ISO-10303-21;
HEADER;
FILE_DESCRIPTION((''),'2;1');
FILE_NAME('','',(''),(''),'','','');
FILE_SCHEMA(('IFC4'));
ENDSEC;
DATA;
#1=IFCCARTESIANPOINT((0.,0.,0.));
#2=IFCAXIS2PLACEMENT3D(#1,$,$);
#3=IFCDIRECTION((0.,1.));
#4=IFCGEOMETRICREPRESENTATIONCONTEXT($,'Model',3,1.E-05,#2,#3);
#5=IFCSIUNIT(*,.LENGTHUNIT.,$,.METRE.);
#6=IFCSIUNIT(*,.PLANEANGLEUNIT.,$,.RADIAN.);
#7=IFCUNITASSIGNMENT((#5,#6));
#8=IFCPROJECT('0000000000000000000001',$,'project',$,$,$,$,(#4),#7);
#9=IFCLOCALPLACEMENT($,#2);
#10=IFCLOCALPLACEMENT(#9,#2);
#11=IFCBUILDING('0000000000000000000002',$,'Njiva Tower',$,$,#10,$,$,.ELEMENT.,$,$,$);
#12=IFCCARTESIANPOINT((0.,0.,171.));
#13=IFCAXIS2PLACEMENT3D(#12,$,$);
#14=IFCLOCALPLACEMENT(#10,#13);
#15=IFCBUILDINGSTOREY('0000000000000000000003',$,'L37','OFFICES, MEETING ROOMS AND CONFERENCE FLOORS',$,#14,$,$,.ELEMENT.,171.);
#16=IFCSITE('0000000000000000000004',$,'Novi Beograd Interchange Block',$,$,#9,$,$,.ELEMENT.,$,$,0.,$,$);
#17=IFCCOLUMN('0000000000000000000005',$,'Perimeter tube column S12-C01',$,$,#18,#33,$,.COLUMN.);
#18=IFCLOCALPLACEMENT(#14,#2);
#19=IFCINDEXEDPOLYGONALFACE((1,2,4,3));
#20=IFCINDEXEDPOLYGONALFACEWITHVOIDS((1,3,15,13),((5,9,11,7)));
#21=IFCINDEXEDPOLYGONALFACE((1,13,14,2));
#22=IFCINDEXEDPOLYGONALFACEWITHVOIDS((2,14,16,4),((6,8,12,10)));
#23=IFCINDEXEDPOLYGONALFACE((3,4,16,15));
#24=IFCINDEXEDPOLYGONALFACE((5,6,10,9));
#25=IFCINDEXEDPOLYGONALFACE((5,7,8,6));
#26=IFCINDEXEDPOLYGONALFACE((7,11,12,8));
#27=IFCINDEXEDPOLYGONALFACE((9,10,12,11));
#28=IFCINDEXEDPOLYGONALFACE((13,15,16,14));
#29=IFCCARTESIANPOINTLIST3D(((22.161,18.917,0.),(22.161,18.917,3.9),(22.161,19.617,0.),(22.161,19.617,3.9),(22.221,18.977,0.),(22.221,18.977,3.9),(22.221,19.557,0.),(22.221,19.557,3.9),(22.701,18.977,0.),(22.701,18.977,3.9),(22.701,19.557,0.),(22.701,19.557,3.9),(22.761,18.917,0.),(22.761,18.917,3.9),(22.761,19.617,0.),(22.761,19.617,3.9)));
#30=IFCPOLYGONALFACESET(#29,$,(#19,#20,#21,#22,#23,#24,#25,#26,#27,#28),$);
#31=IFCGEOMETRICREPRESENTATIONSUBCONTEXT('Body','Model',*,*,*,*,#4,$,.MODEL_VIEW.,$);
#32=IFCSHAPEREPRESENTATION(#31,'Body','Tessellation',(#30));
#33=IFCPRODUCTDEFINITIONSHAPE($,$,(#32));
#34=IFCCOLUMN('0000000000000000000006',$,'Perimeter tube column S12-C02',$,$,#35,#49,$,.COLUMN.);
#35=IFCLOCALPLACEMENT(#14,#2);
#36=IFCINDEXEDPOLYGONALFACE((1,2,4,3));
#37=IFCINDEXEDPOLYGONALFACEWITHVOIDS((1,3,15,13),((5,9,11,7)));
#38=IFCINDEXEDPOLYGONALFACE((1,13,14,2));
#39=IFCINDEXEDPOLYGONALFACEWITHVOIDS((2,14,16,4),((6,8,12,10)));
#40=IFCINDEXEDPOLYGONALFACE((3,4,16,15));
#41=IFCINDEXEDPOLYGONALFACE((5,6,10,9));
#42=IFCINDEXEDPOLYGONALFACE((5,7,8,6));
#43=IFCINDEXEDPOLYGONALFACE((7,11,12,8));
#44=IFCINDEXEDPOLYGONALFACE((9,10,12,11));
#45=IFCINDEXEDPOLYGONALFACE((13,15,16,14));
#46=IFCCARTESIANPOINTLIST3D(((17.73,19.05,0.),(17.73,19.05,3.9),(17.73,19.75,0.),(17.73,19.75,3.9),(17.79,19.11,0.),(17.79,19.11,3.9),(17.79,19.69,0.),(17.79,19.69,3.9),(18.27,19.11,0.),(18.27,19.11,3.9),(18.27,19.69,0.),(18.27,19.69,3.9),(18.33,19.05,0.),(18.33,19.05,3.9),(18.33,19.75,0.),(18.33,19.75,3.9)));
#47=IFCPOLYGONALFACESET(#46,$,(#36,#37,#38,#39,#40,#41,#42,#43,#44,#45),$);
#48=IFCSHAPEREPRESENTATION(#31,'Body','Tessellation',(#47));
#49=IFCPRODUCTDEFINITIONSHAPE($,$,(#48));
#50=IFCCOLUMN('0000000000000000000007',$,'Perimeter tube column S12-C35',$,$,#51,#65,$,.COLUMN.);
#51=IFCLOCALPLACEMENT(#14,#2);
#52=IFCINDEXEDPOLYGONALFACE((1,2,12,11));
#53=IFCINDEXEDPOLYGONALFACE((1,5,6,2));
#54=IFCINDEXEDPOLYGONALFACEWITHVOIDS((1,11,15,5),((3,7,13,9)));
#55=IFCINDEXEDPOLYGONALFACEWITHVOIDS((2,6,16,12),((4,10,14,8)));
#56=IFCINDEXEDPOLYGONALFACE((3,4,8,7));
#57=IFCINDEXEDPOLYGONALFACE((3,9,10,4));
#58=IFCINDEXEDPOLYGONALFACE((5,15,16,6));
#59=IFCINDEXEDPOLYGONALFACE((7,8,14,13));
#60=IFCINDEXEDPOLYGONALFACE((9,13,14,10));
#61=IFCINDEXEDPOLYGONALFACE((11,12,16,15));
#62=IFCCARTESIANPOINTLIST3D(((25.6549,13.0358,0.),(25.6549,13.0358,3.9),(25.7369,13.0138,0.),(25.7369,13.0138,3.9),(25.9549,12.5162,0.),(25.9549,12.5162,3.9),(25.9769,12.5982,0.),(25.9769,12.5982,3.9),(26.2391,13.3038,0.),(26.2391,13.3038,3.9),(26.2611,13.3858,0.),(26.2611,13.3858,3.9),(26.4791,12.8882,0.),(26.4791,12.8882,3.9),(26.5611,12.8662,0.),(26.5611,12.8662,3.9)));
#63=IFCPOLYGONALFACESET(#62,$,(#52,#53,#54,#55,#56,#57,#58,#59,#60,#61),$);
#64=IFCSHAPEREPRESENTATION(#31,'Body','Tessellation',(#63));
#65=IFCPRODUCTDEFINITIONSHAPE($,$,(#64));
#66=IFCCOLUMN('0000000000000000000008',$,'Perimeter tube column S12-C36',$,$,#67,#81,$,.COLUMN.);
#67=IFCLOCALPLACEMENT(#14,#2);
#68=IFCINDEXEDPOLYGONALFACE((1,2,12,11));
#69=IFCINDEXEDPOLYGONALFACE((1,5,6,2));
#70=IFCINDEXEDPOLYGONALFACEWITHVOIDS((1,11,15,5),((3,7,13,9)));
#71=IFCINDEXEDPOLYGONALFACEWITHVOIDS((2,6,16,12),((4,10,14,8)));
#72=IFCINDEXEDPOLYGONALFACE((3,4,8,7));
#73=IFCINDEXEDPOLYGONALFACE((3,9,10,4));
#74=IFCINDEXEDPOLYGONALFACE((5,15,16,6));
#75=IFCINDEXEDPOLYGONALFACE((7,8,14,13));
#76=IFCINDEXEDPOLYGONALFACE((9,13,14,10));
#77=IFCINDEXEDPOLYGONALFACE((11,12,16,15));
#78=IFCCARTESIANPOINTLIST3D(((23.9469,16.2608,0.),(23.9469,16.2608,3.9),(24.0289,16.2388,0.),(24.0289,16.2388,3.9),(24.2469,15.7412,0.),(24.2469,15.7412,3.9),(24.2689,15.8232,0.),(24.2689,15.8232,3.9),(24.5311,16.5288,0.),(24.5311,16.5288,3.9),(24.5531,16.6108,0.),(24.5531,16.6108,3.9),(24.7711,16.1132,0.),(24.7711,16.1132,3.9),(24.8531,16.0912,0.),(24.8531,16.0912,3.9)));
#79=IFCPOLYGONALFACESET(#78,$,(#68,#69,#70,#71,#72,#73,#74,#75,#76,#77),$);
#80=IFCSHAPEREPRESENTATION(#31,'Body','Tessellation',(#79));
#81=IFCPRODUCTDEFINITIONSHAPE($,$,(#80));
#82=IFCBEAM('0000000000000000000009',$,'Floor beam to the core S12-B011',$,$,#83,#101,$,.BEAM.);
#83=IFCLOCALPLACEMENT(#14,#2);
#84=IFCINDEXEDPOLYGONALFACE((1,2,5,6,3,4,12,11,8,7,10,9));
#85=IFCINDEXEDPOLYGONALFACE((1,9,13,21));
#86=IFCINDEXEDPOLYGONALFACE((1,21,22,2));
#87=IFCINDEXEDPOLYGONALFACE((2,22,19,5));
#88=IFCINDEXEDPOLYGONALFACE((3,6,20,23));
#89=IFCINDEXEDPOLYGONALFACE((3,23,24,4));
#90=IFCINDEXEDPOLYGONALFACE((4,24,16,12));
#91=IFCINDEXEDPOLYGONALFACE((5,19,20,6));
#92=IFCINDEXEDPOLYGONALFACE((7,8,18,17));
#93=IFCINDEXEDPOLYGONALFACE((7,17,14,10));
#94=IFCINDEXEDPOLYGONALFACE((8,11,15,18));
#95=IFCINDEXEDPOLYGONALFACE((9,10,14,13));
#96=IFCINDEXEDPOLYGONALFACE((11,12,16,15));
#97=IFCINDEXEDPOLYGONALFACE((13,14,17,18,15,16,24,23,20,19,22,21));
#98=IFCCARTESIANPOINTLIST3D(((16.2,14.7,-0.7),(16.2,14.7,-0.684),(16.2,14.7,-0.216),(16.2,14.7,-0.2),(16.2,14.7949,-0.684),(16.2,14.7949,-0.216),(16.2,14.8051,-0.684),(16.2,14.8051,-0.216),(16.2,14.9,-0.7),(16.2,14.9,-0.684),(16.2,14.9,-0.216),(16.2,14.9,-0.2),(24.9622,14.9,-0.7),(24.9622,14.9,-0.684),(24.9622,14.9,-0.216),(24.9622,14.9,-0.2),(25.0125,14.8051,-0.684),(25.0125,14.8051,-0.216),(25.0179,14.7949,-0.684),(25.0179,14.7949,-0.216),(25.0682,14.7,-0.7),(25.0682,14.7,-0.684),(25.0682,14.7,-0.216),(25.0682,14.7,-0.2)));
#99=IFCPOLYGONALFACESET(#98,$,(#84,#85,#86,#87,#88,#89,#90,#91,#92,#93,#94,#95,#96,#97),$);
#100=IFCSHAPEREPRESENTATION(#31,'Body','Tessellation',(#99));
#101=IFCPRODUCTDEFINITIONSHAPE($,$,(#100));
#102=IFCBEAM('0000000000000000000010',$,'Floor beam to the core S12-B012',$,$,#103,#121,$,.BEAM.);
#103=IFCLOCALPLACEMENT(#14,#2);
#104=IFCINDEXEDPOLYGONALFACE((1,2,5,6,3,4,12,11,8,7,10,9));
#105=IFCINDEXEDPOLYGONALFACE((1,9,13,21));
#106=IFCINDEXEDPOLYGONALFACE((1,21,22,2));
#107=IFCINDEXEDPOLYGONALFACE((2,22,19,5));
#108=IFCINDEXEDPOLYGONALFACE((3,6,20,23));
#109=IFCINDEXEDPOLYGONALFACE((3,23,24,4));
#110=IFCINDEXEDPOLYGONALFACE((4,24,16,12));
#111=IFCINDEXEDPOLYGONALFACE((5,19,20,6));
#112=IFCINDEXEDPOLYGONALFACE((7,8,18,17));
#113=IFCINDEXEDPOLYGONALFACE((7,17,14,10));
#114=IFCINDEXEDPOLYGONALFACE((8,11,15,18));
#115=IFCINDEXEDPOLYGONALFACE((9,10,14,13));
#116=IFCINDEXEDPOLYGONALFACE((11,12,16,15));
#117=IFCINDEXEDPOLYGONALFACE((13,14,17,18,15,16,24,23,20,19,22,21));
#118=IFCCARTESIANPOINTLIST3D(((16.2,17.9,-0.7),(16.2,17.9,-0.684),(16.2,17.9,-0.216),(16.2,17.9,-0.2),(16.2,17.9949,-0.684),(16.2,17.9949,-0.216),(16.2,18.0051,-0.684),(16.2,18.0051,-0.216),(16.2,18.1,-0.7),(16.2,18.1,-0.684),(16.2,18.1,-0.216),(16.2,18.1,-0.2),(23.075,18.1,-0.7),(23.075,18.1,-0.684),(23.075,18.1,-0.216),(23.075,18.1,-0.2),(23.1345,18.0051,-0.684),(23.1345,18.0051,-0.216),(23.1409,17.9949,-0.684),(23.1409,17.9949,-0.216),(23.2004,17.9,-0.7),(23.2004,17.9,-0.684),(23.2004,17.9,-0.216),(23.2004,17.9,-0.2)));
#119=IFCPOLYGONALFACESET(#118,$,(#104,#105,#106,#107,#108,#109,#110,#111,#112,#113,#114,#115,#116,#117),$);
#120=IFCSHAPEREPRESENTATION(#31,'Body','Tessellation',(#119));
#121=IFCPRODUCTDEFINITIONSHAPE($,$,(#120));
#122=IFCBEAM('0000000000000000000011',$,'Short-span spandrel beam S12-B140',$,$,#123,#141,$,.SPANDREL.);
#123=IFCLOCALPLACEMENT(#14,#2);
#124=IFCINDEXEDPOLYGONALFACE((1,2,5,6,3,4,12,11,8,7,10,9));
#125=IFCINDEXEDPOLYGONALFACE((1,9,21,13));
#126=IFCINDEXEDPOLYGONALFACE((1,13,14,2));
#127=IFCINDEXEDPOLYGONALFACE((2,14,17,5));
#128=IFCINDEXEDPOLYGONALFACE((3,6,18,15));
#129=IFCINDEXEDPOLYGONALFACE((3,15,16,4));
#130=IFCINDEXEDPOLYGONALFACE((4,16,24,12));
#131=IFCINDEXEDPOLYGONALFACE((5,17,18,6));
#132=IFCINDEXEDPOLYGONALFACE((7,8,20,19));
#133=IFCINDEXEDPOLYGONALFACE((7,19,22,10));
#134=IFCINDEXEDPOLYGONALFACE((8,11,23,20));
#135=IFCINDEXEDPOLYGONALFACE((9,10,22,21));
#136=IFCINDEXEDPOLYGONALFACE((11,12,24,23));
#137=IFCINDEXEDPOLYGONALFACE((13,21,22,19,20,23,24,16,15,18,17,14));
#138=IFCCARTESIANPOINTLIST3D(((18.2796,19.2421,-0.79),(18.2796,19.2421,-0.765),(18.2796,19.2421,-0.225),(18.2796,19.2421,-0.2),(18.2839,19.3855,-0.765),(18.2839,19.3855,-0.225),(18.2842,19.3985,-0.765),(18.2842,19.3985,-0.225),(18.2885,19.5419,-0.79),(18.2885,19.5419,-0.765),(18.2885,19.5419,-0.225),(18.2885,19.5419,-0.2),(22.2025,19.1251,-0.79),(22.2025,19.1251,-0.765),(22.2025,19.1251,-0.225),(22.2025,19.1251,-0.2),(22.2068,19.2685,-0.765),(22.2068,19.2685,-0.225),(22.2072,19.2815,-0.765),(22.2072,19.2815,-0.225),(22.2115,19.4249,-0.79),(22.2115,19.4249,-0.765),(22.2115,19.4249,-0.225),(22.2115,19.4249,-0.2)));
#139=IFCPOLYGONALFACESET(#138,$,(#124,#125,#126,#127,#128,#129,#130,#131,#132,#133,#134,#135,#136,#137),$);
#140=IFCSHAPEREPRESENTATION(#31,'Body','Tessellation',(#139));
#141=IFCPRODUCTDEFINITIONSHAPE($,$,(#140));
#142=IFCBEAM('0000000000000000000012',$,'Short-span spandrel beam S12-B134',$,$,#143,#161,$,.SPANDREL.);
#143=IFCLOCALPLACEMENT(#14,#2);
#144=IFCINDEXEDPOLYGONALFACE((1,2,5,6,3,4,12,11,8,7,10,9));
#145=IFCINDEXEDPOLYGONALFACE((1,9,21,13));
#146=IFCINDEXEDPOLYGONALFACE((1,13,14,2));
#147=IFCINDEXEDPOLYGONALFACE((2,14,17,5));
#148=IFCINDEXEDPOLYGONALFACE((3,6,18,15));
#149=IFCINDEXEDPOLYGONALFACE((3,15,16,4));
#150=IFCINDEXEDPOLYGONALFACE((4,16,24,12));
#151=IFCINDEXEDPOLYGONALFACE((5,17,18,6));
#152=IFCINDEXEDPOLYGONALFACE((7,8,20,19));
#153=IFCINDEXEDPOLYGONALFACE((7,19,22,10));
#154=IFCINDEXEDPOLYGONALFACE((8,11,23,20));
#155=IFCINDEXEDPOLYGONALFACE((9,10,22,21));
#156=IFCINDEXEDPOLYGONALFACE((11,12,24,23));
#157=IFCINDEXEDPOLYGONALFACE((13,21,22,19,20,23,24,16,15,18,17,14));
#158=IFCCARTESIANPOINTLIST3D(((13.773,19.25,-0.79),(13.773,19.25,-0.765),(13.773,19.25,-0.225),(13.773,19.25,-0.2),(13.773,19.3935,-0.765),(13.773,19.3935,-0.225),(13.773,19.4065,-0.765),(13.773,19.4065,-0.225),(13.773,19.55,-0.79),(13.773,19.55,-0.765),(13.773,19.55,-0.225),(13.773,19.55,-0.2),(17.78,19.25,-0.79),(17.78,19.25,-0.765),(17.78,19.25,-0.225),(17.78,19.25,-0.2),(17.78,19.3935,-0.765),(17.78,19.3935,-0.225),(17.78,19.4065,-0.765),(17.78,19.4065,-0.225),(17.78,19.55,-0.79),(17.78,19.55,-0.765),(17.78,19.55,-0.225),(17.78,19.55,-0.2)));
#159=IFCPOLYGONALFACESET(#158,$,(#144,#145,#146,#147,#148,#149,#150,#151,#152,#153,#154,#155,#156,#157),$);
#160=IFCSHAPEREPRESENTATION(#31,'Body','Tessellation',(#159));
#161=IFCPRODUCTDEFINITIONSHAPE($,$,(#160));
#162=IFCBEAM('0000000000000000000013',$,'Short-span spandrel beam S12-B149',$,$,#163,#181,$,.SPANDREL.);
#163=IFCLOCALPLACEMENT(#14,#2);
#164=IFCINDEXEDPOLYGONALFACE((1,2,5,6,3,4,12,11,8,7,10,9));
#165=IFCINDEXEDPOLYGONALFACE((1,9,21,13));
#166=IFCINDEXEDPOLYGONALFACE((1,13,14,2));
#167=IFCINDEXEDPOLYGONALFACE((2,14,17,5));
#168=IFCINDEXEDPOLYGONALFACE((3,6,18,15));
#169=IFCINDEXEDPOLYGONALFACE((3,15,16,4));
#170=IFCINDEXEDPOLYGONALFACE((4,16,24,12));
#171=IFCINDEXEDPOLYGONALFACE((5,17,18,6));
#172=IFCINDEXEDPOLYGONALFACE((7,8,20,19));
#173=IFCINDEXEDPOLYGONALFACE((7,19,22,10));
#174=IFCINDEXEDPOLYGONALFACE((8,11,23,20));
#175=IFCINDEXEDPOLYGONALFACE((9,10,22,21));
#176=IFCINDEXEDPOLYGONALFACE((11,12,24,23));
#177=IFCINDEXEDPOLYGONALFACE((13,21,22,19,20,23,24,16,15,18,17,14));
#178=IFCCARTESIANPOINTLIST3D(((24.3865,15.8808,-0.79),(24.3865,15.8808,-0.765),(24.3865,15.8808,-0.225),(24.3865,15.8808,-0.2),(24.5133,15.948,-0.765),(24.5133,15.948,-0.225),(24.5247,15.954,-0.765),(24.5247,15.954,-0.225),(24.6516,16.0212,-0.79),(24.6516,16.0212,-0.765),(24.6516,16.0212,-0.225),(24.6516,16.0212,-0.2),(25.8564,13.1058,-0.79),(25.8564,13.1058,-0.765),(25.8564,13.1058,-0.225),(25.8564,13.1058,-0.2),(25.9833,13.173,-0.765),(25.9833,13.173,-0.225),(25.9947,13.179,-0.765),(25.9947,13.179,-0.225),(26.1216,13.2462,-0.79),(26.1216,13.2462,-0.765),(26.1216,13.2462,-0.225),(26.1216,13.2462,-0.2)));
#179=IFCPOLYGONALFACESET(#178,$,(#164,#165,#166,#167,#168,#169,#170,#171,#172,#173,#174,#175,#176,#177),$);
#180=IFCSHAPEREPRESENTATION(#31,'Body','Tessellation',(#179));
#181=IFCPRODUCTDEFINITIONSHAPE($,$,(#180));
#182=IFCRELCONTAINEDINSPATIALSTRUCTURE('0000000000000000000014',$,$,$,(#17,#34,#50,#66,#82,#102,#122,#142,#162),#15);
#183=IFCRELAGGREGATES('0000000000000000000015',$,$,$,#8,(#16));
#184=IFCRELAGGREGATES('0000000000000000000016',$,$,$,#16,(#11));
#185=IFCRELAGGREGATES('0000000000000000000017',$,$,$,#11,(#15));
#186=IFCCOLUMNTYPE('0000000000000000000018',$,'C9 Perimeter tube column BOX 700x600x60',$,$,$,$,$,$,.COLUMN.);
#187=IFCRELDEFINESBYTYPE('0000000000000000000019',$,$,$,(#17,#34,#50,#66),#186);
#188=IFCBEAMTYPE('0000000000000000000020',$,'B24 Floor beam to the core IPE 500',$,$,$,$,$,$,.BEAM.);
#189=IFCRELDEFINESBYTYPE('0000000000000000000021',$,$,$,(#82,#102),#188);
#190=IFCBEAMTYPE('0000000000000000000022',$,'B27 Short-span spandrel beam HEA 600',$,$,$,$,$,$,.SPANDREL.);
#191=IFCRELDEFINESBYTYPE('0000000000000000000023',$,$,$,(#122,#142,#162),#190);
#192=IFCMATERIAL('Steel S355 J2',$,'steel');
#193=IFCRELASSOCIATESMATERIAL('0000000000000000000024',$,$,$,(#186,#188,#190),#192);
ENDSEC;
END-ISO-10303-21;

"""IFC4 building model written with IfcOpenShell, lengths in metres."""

from ifc_helpers import new_model, si_unit, direction, frame, origin, origin_2d, place, context, subcontext, project, spatial, hollow_rectangle, i_section, extrude, clip, halfspace, material, material_profile, profile_set, type_object, element, save


model = new_model("IFC4")

# Units and contexts
model_context = context("Model", 3, precision=1e-05, world=origin(), true_north=direction((0.0, 1.0)))
body_context = subcontext(model_context, "Body", "Model", "MODEL_VIEW")
ifc_project = project(units=[si_unit("LENGTHUNIT", "METRE"), si_unit("PLANEANGLEUNIT", "RADIAN")], contexts=[model_context])

# Site, building, storey
site_placement = place(None, origin())
site = spatial("IfcSite", under=ifc_project, at=site_placement, Name="Novi Beograd Interchange Block", CompositionType="ELEMENT", RefElevation=0.0)
building_placement = place(site_placement, origin())
building = spatial("IfcBuilding", under=site, at=building_placement, Name="Njiva Tower", CompositionType="ELEMENT")
storey_placement = place(building_placement, frame((0.0, 0.0, 171.0)))
storey = spatial("IfcBuildingStorey", under=building, at=storey_placement, Name="L37", Description="OFFICES, MEETING ROOMS AND CONFERENCE FLOORS", CompositionType="ELEMENT", Elevation=171.0)

# Columns
ifc_material_1 = material(Name="Steel S355 J2", Category="steel")
ifc_material_profile_1 = material_profile(ifc_material_1, hollow_rectangle(XDim=0.6, YDim=0.7, WallThickness=0.06, at=origin_2d()), Name="BOX 700x600x60")
ifc_profile_set_1 = profile_set([ifc_material_profile_1], Name="Steel S355 J2")
column_type = type_object("IfcColumnType", Name="C9 Perimeter tube column BOX 700x600x60", PredefinedType="COLUMN", material=ifc_profile_set_1)
for number, where, z_axis, x_axis, name in (
    (1, (22.461, 19.267, 0.0), (0.0, 0.0, 1.0), (-1.0, 0.0, 0.0), "Perimeter tube column S12-C01"),
    (2, (18.03, 19.4, 0.0), (0.0, 0.0, 1.0), (-1.0, 0.0, 0.0), "Perimeter tube column S12-C02"),
    (3, (26.108, 12.951, 0.0), (0.0, 0.0, 1.0), (-0.5, 0.866025, 0.0), "Perimeter tube column S12-C35"),
    (4, (24.4, 16.176, 0.0), (0.0, 0.0, 1.0), (-0.5, 0.866025, 0.0), "Perimeter tube column S12-C36"),
):
    element("IfcColumn", number, at=place(storey_placement, frame(where, z_axis=z_axis, x_axis=x_axis)), inside=storey, type_object=column_type, Name=name, PredefinedType="COLUMN", context=body_context, shape_type="SweptSolid", body=[
        extrude(hollow_rectangle(XDim=0.6, YDim=0.7, WallThickness=0.06, at=origin_2d()), origin(), (0.0, 0.0, 1.0), 3.9),
    ])

# Beams
ifc_material_profile_2 = material_profile(ifc_material_1, i_section(OverallWidth=0.2, OverallDepth=0.5, WebThickness=0.0102, FlangeThickness=0.016, at=origin_2d()), Name="IPE 500")
ifc_profile_set_2 = profile_set([ifc_material_profile_2], Name="Steel S355 J2")
beam_type_1 = type_object("IfcBeamType", Name="B24 Floor beam to the core IPE 500", PredefinedType="BEAM", material=ifc_profile_set_2)
beam_1_placement = place(storey_placement, frame((16.2, 14.8, -0.45), z_axis=(1.0, 0.0, 0.0), x_axis=(0.0, 1.0, 0.0)))
element("IfcBeam", 5, at=beam_1_placement, inside=storey, type_object=beam_type_1, Name="Floor beam to the core S12-B011", PredefinedType="BEAM", context=body_context, shape_type="Clipping", body=[
    clip(extrude(i_section(OverallWidth=0.2, OverallDepth=0.5, WebThickness=0.0102, FlangeThickness=0.016, at=origin_2d()), origin(), (0.0, 0.0, 1.0), 8.888), halfspace(frame((0.0234, 0.0, 8.8028), z_axis=(0.468071, 0.0, 0.883691), x_axis=(0.0, 1.0, 0.0)), False)),
])
beam_2_placement = place(storey_placement, frame((16.2, 18.0, -0.45), z_axis=(1.0, 0.0, 0.0), x_axis=(0.0, 1.0, 0.0)))
element("IfcBeam", 6, at=beam_2_placement, inside=storey, type_object=beam_type_1, Name="Floor beam to the core S12-B012", PredefinedType="BEAM", context=body_context, shape_type="Clipping", body=[
    clip(extrude(i_section(OverallWidth=0.2, OverallDepth=0.5, WebThickness=0.0102, FlangeThickness=0.016, at=origin_2d()), origin(), (0.0, 0.0, 1.0), 7.021), halfspace(frame((0.0266, 0.0, 6.921), z_axis=(0.531259, 0.0, 0.847209), x_axis=(0.0, 1.0, 0.0)), False)),
])
ifc_material_profile_3 = material_profile(ifc_material_1, i_section(OverallWidth=0.3, OverallDepth=0.59, WebThickness=0.013, FlangeThickness=0.025, at=origin_2d()), Name="HEA 600")
ifc_profile_set_3 = profile_set([ifc_material_profile_3], Name="Steel S355 J2")
beam_type_2 = type_object("IfcBeamType", Name="B27 Short-span spandrel beam HEA 600", PredefinedType="SPANDREL", material=ifc_profile_set_3)
beam_3_placement = place(storey_placement, frame((22.207, 19.275, -0.495), z_axis=(-0.999556, 0.029811, 0.0), x_axis=(-0.029811, -0.999556, 0.0)))
element("IfcBeam", 7, at=beam_3_placement, inside=storey, type_object=beam_type_2, Name="Short-span spandrel beam S12-B140", PredefinedType="SPANDREL", context=body_context, shape_type="SweptSolid", body=[
    extrude(i_section(OverallWidth=0.3, OverallDepth=0.59, WebThickness=0.013, FlangeThickness=0.025, at=origin_2d()), origin(), (0.0, 0.0, 1.0), 3.9247),
])
beam_4_placement = place(storey_placement, frame((17.78, 19.4, -0.495), z_axis=(-1.0, 0.0, 0.0), x_axis=(0.0, -1.0, 0.0)))
element("IfcBeam", 8, at=beam_4_placement, inside=storey, type_object=beam_type_2, Name="Short-span spandrel beam S12-B134", PredefinedType="SPANDREL", context=body_context, shape_type="SweptSolid", body=[
    extrude(i_section(OverallWidth=0.3, OverallDepth=0.59, WebThickness=0.013, FlangeThickness=0.025, at=origin_2d()), origin(), (0.0, 0.0, 1.0), 4.007),
])
beam_5_placement = place(storey_placement, frame((25.989, 13.176, -0.495), z_axis=(-0.468107, 0.883672, 0.0), x_axis=(-0.883672, -0.468107, 0.0)))
element("IfcBeam", 9, at=beam_5_placement, inside=storey, type_object=beam_type_2, Name="Short-span spandrel beam S12-B149", PredefinedType="SPANDREL", context=body_context, shape_type="SweptSolid", body=[
    extrude(i_section(OverallWidth=0.3, OverallDepth=0.59, WebThickness=0.013, FlangeThickness=0.025, at=origin_2d()), origin(), (0.0, 0.0, 1.0), 3.1403),
])

save(model, "model.ifc")
